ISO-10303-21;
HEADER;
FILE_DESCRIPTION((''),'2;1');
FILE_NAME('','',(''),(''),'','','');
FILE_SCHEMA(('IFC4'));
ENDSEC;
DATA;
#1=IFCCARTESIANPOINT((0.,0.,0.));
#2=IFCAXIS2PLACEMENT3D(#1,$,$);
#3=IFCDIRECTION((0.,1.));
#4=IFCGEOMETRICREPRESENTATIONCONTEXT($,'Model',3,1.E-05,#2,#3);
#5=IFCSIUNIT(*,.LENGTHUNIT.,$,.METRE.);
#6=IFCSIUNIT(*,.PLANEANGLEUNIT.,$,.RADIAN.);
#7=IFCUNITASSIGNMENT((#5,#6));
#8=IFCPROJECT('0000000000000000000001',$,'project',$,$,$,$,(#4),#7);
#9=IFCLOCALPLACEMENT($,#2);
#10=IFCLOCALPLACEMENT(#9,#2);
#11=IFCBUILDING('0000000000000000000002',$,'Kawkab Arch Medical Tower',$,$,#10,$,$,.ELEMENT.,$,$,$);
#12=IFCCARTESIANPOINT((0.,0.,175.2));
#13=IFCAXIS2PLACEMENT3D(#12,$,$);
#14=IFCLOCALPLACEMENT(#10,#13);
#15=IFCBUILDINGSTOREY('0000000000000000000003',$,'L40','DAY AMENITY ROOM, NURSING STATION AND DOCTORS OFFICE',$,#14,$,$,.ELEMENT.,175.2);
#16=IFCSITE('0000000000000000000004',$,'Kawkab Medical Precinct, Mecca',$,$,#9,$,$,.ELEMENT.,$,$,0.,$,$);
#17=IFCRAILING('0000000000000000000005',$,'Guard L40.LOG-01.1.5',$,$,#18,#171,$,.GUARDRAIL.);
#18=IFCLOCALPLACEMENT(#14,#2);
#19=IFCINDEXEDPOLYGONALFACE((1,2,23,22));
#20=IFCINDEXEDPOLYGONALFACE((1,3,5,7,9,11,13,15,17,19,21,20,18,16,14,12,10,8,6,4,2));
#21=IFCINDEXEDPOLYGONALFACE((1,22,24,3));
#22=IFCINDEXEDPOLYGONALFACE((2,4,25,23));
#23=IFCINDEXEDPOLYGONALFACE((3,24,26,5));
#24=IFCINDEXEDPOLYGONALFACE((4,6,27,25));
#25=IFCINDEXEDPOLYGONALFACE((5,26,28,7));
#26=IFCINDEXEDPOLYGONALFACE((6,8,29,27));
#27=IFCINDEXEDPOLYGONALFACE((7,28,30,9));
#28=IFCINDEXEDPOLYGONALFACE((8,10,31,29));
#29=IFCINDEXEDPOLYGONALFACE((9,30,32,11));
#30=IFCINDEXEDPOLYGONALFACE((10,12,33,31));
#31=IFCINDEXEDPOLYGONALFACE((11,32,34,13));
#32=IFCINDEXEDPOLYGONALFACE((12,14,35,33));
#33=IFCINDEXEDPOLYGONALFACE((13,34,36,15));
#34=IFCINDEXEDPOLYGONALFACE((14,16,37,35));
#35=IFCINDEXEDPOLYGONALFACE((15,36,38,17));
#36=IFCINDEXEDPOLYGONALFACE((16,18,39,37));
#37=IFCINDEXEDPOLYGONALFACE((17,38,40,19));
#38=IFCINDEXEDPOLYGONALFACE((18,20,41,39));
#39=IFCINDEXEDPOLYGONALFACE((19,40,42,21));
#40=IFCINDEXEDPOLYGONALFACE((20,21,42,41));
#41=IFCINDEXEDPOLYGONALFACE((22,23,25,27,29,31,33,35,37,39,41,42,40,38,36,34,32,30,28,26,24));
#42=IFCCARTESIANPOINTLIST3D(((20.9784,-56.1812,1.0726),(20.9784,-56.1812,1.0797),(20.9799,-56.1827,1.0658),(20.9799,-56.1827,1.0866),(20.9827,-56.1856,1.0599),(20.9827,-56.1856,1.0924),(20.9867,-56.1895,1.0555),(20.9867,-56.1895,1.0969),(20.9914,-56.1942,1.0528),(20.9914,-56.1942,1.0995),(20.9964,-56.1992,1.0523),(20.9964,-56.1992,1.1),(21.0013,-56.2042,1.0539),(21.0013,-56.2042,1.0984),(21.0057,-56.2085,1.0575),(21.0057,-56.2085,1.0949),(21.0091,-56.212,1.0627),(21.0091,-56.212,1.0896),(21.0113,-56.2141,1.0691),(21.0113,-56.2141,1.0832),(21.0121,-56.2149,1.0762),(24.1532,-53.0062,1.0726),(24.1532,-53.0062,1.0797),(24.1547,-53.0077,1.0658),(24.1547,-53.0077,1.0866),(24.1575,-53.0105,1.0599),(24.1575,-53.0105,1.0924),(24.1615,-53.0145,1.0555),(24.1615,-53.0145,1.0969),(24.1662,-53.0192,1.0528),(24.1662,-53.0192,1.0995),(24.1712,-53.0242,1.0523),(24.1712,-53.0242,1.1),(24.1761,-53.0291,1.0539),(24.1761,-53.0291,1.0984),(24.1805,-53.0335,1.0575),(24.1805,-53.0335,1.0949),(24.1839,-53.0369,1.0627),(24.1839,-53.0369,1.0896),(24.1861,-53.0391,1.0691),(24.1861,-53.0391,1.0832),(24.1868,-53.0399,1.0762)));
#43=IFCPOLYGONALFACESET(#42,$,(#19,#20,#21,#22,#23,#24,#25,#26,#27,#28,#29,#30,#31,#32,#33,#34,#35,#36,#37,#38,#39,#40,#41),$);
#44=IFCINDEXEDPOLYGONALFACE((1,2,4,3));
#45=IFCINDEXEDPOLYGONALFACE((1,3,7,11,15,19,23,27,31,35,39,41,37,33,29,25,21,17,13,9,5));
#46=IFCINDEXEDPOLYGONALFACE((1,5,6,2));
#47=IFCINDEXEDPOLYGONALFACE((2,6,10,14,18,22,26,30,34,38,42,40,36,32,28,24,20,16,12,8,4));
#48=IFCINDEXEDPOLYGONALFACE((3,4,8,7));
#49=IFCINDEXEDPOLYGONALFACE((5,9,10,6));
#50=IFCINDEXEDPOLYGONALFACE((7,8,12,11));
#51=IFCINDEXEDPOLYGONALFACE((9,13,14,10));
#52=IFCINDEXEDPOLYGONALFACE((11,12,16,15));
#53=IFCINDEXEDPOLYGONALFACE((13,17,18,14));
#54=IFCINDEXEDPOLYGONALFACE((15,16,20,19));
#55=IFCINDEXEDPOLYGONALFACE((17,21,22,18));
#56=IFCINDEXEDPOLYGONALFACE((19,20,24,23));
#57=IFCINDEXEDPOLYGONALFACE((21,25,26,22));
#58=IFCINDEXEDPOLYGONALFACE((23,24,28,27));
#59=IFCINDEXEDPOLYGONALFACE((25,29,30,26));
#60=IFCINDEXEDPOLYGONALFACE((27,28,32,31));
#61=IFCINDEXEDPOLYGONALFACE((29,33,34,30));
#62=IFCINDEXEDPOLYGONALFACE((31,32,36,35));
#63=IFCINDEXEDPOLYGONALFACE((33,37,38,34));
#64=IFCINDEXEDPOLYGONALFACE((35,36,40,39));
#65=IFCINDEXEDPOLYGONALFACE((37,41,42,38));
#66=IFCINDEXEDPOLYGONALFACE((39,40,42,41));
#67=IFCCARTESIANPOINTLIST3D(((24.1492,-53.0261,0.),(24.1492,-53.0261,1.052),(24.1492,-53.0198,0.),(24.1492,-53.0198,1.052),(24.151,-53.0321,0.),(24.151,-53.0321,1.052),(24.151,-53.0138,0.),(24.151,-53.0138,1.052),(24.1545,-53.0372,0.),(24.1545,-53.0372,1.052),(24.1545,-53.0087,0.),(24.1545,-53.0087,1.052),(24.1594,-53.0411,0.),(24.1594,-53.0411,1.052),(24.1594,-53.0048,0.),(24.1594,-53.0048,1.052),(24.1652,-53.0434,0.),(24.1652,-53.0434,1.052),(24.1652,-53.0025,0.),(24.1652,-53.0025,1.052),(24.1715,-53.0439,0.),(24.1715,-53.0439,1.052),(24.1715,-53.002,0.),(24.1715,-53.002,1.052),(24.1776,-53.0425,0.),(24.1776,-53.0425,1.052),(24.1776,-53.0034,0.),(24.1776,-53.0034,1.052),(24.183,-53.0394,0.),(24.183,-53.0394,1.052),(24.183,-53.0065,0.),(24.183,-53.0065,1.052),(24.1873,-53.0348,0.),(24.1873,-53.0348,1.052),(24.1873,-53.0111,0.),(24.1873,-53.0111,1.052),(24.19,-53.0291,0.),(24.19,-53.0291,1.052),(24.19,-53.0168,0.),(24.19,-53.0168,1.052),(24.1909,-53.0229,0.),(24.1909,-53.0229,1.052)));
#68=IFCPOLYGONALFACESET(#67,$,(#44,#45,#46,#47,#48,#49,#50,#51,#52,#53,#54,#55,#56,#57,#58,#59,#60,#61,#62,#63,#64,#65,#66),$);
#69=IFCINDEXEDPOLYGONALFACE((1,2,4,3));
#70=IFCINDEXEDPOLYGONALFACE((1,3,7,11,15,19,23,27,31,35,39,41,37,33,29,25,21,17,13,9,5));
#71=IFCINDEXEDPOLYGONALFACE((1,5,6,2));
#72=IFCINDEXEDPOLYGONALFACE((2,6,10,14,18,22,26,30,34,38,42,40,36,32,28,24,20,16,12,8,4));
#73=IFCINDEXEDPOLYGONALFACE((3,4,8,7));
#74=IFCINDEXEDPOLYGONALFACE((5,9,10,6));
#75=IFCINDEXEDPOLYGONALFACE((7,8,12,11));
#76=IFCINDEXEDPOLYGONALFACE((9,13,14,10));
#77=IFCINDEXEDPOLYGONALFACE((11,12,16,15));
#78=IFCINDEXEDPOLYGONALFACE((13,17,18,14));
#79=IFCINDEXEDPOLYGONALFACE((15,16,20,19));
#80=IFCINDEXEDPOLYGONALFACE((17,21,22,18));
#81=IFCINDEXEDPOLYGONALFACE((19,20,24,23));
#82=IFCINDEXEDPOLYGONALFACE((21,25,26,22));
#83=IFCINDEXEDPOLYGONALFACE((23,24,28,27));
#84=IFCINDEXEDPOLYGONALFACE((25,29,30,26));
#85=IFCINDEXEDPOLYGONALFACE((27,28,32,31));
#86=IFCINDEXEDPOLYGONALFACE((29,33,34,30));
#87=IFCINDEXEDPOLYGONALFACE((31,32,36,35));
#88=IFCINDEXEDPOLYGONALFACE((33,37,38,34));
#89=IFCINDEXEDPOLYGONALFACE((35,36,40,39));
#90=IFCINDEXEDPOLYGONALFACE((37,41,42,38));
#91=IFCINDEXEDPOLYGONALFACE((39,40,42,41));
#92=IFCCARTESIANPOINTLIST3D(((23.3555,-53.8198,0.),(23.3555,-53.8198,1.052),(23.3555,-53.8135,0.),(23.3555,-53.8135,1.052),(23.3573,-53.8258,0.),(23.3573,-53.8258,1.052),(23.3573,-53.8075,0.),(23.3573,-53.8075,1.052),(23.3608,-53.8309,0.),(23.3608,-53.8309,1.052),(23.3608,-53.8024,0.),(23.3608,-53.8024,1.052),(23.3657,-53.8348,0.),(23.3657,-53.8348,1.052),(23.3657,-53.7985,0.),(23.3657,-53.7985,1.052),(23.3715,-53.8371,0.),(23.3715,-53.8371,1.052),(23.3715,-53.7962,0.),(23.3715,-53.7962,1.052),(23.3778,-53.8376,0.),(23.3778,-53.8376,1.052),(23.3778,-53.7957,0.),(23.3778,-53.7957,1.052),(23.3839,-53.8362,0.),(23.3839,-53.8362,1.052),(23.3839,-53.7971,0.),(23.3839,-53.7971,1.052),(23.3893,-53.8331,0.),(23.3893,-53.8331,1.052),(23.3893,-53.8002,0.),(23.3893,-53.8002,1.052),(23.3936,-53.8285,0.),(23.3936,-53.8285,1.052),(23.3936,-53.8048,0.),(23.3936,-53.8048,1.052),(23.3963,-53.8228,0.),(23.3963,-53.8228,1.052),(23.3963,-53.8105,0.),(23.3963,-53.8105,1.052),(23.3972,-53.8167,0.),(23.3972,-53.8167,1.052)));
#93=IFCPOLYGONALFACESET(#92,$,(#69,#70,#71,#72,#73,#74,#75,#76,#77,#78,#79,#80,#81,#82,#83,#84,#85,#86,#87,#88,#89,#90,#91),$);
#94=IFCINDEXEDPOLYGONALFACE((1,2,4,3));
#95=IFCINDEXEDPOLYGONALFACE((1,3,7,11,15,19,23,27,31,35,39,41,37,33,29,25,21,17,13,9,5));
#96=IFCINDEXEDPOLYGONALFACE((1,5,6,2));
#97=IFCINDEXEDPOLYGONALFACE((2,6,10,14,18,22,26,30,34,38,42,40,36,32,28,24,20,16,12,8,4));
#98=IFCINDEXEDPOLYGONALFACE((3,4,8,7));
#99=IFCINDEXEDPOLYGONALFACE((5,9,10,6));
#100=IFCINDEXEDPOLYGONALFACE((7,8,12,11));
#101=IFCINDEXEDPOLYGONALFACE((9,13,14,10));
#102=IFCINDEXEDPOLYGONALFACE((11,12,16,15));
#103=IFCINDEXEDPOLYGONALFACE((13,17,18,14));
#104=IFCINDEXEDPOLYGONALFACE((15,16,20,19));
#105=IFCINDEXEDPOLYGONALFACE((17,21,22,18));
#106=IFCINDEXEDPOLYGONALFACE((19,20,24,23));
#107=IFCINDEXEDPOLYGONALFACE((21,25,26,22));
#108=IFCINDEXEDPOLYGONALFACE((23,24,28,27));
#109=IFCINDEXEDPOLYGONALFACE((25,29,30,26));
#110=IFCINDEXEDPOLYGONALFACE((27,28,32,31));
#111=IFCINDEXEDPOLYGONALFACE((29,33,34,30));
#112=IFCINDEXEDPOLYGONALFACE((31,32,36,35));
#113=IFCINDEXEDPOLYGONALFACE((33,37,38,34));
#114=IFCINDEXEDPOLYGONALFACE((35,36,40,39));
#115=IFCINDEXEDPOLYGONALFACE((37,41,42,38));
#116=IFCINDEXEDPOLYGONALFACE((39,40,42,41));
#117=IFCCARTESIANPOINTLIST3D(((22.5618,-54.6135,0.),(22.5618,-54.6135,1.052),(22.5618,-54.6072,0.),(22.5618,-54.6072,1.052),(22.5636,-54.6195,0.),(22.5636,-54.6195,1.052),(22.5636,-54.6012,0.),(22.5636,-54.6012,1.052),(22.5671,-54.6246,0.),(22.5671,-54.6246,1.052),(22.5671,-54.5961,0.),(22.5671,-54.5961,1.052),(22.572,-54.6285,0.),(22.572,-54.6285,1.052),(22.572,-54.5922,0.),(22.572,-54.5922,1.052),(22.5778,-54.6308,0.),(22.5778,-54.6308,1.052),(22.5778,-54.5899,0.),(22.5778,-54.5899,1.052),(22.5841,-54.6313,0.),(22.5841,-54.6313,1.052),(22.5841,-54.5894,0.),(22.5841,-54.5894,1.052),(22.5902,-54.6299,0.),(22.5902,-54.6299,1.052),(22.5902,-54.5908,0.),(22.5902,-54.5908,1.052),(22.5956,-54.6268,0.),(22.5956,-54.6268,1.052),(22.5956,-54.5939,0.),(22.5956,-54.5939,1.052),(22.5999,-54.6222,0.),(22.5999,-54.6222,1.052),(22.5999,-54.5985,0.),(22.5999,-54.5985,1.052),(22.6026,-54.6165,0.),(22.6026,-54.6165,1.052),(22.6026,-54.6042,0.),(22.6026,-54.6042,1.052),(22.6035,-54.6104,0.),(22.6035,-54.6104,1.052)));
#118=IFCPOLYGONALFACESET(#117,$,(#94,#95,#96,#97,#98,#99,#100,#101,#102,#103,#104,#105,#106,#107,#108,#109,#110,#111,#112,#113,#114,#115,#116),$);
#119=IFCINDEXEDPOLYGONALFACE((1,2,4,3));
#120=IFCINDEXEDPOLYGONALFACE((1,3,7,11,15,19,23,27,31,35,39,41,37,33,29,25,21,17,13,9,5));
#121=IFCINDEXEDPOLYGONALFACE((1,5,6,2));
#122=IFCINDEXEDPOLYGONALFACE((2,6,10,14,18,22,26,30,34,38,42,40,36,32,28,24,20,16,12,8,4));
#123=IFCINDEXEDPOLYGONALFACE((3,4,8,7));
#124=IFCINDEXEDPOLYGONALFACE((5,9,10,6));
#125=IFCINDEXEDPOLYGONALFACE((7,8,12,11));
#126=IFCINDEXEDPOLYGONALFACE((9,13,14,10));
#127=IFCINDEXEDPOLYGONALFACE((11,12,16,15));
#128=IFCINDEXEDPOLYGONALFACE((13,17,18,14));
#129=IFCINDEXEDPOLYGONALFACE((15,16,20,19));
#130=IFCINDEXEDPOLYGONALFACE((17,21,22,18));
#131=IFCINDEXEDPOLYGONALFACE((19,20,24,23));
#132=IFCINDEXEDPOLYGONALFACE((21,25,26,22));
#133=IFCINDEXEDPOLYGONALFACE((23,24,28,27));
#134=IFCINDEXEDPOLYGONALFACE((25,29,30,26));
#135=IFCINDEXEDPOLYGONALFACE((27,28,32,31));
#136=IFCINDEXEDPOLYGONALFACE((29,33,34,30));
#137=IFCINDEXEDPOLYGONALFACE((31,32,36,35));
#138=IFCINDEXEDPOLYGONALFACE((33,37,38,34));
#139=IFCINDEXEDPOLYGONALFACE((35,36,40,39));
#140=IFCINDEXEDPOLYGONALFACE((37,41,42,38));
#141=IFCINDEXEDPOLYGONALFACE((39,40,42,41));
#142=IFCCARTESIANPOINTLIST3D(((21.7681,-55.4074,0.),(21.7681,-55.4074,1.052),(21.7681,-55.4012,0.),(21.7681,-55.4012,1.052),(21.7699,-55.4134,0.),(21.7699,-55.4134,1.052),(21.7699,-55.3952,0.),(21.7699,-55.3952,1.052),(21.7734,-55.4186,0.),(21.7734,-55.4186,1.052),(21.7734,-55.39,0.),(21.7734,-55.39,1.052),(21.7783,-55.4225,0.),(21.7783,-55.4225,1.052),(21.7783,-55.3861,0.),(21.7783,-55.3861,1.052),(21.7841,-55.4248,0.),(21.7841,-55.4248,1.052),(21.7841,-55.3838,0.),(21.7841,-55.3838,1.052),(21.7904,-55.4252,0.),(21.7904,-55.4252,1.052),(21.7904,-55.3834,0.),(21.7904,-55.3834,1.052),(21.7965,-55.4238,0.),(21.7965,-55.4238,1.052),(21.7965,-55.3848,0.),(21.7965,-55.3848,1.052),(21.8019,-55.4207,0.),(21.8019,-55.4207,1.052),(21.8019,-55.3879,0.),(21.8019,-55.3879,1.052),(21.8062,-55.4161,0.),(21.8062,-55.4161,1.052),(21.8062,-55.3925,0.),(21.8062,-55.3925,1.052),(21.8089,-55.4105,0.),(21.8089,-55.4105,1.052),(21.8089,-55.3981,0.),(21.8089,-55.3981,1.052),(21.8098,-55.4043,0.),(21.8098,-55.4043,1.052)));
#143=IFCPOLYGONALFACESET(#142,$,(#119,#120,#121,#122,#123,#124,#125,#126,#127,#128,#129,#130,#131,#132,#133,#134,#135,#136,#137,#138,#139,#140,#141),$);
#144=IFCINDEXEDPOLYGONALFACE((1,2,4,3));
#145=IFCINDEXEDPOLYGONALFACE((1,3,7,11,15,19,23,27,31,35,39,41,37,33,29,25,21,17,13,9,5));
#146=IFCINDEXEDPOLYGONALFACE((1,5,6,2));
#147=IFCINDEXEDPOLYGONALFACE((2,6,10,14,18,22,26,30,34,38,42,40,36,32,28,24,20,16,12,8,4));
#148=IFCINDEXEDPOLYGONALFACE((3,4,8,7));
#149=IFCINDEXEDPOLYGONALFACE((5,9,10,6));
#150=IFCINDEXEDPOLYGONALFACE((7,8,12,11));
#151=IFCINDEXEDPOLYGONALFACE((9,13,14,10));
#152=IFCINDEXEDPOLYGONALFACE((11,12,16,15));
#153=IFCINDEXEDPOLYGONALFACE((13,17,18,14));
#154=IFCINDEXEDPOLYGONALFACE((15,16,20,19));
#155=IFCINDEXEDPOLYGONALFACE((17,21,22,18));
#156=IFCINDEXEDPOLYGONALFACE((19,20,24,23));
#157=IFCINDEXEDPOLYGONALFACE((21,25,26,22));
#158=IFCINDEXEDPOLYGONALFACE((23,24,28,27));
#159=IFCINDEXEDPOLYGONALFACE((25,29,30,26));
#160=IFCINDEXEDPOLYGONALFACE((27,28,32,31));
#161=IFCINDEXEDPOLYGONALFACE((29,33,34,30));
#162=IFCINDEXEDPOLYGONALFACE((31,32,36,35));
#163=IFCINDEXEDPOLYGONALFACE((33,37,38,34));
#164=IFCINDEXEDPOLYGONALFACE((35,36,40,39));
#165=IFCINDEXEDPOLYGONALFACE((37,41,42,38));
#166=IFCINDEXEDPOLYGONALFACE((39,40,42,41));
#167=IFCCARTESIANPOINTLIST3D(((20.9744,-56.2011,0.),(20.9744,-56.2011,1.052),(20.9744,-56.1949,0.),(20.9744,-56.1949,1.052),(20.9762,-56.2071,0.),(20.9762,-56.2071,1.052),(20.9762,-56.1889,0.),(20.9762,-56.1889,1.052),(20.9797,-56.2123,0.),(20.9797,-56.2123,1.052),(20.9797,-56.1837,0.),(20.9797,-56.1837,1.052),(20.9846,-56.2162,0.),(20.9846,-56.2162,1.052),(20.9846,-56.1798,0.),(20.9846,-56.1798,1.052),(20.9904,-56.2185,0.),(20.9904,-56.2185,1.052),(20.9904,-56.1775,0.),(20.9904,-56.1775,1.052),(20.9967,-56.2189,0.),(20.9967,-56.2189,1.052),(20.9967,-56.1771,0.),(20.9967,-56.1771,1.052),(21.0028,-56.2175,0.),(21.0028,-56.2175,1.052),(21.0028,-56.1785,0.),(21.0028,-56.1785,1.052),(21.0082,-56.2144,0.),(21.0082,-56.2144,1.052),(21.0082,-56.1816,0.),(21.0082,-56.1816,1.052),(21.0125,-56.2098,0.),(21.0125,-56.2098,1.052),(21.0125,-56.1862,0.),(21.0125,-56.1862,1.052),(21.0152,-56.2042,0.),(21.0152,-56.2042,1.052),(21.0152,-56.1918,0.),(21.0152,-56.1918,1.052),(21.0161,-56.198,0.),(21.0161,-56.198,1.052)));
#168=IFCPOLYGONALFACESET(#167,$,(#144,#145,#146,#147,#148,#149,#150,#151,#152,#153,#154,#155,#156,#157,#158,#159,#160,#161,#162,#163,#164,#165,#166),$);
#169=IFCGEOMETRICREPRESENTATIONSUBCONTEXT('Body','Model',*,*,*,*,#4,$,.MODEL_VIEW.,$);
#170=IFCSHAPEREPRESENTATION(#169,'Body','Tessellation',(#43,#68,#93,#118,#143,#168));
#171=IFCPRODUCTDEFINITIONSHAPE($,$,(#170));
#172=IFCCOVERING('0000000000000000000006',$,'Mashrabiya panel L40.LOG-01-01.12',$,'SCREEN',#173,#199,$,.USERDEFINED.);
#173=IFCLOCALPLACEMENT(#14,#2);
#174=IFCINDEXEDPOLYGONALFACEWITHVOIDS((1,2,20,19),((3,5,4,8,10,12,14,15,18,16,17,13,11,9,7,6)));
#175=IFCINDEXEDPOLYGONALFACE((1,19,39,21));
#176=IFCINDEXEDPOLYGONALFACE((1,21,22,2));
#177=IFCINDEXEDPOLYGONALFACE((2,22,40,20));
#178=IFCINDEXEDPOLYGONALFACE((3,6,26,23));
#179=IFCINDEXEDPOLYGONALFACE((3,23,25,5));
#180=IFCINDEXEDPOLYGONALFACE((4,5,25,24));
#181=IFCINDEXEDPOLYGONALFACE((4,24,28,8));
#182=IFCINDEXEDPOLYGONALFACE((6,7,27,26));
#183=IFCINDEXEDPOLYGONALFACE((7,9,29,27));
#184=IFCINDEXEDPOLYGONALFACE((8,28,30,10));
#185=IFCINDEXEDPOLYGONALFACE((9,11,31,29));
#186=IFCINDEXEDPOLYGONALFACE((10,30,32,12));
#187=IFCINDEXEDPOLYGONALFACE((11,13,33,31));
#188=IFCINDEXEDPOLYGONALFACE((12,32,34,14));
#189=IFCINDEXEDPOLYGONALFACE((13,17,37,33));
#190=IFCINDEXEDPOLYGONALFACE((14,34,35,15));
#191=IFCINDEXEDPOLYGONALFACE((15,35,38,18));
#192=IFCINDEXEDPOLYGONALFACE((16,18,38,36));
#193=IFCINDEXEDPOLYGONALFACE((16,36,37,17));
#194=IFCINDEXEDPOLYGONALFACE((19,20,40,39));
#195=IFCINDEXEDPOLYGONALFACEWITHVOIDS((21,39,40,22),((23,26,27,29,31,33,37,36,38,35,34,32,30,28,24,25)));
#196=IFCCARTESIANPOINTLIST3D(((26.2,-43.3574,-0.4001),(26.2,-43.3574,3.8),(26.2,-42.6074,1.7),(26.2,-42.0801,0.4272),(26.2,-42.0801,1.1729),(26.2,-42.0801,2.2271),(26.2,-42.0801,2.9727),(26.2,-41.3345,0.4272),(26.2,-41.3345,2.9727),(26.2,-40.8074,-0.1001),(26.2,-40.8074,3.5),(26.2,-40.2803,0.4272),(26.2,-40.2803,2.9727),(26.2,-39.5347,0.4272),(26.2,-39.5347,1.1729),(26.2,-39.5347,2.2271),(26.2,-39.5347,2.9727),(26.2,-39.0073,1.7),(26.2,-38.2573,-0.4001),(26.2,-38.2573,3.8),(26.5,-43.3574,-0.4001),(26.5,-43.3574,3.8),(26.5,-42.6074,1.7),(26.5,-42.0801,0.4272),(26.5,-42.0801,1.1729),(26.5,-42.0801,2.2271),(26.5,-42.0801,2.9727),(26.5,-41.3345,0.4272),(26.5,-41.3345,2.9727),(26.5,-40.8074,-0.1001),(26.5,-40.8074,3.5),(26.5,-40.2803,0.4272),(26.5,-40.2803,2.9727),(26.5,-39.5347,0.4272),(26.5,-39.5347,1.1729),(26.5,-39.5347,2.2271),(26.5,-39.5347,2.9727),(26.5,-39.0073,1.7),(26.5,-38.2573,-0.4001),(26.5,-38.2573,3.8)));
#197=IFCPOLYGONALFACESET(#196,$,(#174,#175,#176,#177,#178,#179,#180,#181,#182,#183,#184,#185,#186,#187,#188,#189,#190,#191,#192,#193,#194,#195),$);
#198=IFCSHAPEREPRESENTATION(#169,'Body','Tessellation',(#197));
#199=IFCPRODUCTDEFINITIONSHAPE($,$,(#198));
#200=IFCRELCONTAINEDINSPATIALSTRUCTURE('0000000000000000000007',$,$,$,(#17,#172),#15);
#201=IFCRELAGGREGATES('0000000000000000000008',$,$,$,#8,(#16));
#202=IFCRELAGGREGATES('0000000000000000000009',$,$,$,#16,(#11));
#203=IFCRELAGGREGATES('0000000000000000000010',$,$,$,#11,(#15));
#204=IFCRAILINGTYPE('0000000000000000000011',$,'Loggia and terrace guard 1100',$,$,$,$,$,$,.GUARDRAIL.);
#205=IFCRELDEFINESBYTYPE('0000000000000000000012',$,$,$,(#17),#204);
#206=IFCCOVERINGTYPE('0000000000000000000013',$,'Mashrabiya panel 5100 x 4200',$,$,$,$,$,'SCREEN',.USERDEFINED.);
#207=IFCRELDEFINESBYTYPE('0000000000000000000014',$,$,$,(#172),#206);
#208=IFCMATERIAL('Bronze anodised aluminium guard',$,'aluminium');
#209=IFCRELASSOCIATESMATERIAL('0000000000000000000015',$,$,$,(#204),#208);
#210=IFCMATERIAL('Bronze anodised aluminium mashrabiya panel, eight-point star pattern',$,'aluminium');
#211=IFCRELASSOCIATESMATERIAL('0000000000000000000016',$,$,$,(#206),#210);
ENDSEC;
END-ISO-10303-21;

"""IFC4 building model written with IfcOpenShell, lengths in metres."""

from ifc_helpers import new_model, si_unit, direction, frame, origin, origin_2d, place, context, subcontext, project, spatial, polyline, circle, outline, extrude, material, material_profile, profile_set, type_object, element, save


model = new_model("IFC4")

# Units and contexts
model_context = context("Model", 3, precision=1e-05, world=origin(), true_north=direction((0.0, 1.0)))
body_context = subcontext(model_context, "Body", "Model", "MODEL_VIEW")
ifc_project = project(units=[si_unit("LENGTHUNIT", "METRE"), si_unit("PLANEANGLEUNIT", "RADIAN")], contexts=[model_context])

# Site, building, storey
site_placement = place(None, origin())
site = spatial("IfcSite", under=ifc_project, at=site_placement, Name="Kawkab Medical Precinct, Mecca", CompositionType="ELEMENT", RefElevation=0.0)
building_placement = place(site_placement, origin())
building = spatial("IfcBuilding", under=site, at=building_placement, Name="Kawkab Arch Medical Tower", CompositionType="ELEMENT")
storey_placement = place(building_placement, frame((0.0, 0.0, 175.2)))
storey = spatial("IfcBuildingStorey", under=building, at=storey_placement, Name="L40", Description="DAY AMENITY ROOM, NURSING STATION AND DOCTORS OFFICE", CompositionType="ELEMENT", Elevation=175.2)

# Railing
ifc_material_1 = material(Name="Bronze anodised aluminium guard", Category="aluminium")
railing_type_1 = type_object("IfcRailingType", Name="Loggia and terrace guard 1100", PredefinedType="GUARDRAIL", material=ifc_material_1)
railing_1_placement = place(storey_placement, frame((24.1699, -53.0229, 0.0)))
element("IfcRailing", 1, at=railing_1_placement, inside=storey, type_object=railing_type_1, Name="Guard L40.LOG-01.1.5", PredefinedType="GUARDRAIL", context=body_context, shape_type="SweptSolid", body=[
    extrude(circle(Radius=0.0239, at=origin_2d()), frame((0.0, 0.0, 1.0762), z_axis=(-0.70708, -0.707134, 0.0), x_axis=(0.707134, -0.70708, 0.0)), (0.0, 0.0, 1.0), 4.49),
    extrude(circle(Radius=0.021, at=origin_2d()), origin(), (0.0, 0.0, 1.0), 1.052),
    extrude(circle(Radius=0.021, at=origin_2d()), frame((-0.7937, -0.7937, 0.0)), (0.0, 0.0, 1.0), 1.052),
    extrude(circle(Radius=0.021, at=origin_2d()), frame((-1.5874, -1.5874, 0.0)), (0.0, 0.0, 1.0), 1.052),
    extrude(circle(Radius=0.021, at=origin_2d()), frame((-2.3811, -2.3813, 0.0)), (0.0, 0.0, 1.0), 1.052),
    extrude(circle(Radius=0.021, at=origin_2d()), frame((-3.1748, -3.175, 0.0)), (0.0, 0.0, 1.0), 1.052),
])

# Covering
ifc_material_2 = material(Name="Bronze anodised aluminium mashrabiya panel, eight-point star pattern", Category="aluminium")
ifc_material_profile_1 = material_profile(ifc_material_2, outline(polyline([(-2.55, -2.1001), (2.55, -2.1001), (2.55, 2.1001), (-2.55, 2.1001), (-2.55, -2.1001)]), holes=[polyline([(1.8, 0.0), (1.2727, 0.5271), (1.2727, 1.2727), (0.5271, 1.2727), (0.0, 1.8), (-0.5271, 1.2727), (-1.2727, 1.2727), (-1.2727, 0.5271), (-1.8, 0.0), (-1.2727, -0.5271), (-1.2727, -1.2727), (-0.5271, -1.2727), (0.0, -1.8), (0.5271, -1.2727), (1.2727, -1.2727), (1.2727, -0.5271), (1.8, 0.0)])]), Name="Mashrabiya panel 5100x4200")
ifc_profile_set_1 = profile_set([ifc_material_profile_1], Name="Bronze anodised aluminium mashrabiya panel, eight-point star pattern")
covering_type_1 = type_object("IfcCoveringType", Name="Mashrabiya panel 5100 x 4200", ElementType="SCREEN", PredefinedType="USERDEFINED", material=ifc_profile_set_1)
covering_1_placement = place(storey_placement, frame((26.2, -40.8074, 1.7), z_axis=(1.0, 0.0, 0.0), x_axis=(0.0, 1.0, 0.0)))
element("IfcCovering", 2, at=covering_1_placement, inside=storey, type_object=covering_type_1, Name="Mashrabiya panel L40.LOG-01-01.12", ObjectType="SCREEN", PredefinedType="USERDEFINED", context=body_context, shape_type="SweptSolid", body=[
    extrude(outline(polyline([(-2.55, -2.1001), (2.55, -2.1001), (2.55, 2.1001), (-2.55, 2.1001), (-2.55, -2.1001)]), holes=[polyline([(1.8, 0.0), (1.2727, 0.5271), (1.2727, 1.2727), (0.5271, 1.2727), (0.0, 1.8), (-0.5271, 1.2727), (-1.2727, 1.2727), (-1.2727, 0.5271), (-1.8, 0.0), (-1.2727, -0.5271), (-1.2727, -1.2727), (-0.5271, -1.2727), (0.0, -1.8), (0.5271, -1.2727), (1.2727, -1.2727), (1.2727, -0.5271), (1.8, 0.0)])]), origin(), (0.0, 0.0, 1.0), 0.3),
])

save(model, "model.ifc")
